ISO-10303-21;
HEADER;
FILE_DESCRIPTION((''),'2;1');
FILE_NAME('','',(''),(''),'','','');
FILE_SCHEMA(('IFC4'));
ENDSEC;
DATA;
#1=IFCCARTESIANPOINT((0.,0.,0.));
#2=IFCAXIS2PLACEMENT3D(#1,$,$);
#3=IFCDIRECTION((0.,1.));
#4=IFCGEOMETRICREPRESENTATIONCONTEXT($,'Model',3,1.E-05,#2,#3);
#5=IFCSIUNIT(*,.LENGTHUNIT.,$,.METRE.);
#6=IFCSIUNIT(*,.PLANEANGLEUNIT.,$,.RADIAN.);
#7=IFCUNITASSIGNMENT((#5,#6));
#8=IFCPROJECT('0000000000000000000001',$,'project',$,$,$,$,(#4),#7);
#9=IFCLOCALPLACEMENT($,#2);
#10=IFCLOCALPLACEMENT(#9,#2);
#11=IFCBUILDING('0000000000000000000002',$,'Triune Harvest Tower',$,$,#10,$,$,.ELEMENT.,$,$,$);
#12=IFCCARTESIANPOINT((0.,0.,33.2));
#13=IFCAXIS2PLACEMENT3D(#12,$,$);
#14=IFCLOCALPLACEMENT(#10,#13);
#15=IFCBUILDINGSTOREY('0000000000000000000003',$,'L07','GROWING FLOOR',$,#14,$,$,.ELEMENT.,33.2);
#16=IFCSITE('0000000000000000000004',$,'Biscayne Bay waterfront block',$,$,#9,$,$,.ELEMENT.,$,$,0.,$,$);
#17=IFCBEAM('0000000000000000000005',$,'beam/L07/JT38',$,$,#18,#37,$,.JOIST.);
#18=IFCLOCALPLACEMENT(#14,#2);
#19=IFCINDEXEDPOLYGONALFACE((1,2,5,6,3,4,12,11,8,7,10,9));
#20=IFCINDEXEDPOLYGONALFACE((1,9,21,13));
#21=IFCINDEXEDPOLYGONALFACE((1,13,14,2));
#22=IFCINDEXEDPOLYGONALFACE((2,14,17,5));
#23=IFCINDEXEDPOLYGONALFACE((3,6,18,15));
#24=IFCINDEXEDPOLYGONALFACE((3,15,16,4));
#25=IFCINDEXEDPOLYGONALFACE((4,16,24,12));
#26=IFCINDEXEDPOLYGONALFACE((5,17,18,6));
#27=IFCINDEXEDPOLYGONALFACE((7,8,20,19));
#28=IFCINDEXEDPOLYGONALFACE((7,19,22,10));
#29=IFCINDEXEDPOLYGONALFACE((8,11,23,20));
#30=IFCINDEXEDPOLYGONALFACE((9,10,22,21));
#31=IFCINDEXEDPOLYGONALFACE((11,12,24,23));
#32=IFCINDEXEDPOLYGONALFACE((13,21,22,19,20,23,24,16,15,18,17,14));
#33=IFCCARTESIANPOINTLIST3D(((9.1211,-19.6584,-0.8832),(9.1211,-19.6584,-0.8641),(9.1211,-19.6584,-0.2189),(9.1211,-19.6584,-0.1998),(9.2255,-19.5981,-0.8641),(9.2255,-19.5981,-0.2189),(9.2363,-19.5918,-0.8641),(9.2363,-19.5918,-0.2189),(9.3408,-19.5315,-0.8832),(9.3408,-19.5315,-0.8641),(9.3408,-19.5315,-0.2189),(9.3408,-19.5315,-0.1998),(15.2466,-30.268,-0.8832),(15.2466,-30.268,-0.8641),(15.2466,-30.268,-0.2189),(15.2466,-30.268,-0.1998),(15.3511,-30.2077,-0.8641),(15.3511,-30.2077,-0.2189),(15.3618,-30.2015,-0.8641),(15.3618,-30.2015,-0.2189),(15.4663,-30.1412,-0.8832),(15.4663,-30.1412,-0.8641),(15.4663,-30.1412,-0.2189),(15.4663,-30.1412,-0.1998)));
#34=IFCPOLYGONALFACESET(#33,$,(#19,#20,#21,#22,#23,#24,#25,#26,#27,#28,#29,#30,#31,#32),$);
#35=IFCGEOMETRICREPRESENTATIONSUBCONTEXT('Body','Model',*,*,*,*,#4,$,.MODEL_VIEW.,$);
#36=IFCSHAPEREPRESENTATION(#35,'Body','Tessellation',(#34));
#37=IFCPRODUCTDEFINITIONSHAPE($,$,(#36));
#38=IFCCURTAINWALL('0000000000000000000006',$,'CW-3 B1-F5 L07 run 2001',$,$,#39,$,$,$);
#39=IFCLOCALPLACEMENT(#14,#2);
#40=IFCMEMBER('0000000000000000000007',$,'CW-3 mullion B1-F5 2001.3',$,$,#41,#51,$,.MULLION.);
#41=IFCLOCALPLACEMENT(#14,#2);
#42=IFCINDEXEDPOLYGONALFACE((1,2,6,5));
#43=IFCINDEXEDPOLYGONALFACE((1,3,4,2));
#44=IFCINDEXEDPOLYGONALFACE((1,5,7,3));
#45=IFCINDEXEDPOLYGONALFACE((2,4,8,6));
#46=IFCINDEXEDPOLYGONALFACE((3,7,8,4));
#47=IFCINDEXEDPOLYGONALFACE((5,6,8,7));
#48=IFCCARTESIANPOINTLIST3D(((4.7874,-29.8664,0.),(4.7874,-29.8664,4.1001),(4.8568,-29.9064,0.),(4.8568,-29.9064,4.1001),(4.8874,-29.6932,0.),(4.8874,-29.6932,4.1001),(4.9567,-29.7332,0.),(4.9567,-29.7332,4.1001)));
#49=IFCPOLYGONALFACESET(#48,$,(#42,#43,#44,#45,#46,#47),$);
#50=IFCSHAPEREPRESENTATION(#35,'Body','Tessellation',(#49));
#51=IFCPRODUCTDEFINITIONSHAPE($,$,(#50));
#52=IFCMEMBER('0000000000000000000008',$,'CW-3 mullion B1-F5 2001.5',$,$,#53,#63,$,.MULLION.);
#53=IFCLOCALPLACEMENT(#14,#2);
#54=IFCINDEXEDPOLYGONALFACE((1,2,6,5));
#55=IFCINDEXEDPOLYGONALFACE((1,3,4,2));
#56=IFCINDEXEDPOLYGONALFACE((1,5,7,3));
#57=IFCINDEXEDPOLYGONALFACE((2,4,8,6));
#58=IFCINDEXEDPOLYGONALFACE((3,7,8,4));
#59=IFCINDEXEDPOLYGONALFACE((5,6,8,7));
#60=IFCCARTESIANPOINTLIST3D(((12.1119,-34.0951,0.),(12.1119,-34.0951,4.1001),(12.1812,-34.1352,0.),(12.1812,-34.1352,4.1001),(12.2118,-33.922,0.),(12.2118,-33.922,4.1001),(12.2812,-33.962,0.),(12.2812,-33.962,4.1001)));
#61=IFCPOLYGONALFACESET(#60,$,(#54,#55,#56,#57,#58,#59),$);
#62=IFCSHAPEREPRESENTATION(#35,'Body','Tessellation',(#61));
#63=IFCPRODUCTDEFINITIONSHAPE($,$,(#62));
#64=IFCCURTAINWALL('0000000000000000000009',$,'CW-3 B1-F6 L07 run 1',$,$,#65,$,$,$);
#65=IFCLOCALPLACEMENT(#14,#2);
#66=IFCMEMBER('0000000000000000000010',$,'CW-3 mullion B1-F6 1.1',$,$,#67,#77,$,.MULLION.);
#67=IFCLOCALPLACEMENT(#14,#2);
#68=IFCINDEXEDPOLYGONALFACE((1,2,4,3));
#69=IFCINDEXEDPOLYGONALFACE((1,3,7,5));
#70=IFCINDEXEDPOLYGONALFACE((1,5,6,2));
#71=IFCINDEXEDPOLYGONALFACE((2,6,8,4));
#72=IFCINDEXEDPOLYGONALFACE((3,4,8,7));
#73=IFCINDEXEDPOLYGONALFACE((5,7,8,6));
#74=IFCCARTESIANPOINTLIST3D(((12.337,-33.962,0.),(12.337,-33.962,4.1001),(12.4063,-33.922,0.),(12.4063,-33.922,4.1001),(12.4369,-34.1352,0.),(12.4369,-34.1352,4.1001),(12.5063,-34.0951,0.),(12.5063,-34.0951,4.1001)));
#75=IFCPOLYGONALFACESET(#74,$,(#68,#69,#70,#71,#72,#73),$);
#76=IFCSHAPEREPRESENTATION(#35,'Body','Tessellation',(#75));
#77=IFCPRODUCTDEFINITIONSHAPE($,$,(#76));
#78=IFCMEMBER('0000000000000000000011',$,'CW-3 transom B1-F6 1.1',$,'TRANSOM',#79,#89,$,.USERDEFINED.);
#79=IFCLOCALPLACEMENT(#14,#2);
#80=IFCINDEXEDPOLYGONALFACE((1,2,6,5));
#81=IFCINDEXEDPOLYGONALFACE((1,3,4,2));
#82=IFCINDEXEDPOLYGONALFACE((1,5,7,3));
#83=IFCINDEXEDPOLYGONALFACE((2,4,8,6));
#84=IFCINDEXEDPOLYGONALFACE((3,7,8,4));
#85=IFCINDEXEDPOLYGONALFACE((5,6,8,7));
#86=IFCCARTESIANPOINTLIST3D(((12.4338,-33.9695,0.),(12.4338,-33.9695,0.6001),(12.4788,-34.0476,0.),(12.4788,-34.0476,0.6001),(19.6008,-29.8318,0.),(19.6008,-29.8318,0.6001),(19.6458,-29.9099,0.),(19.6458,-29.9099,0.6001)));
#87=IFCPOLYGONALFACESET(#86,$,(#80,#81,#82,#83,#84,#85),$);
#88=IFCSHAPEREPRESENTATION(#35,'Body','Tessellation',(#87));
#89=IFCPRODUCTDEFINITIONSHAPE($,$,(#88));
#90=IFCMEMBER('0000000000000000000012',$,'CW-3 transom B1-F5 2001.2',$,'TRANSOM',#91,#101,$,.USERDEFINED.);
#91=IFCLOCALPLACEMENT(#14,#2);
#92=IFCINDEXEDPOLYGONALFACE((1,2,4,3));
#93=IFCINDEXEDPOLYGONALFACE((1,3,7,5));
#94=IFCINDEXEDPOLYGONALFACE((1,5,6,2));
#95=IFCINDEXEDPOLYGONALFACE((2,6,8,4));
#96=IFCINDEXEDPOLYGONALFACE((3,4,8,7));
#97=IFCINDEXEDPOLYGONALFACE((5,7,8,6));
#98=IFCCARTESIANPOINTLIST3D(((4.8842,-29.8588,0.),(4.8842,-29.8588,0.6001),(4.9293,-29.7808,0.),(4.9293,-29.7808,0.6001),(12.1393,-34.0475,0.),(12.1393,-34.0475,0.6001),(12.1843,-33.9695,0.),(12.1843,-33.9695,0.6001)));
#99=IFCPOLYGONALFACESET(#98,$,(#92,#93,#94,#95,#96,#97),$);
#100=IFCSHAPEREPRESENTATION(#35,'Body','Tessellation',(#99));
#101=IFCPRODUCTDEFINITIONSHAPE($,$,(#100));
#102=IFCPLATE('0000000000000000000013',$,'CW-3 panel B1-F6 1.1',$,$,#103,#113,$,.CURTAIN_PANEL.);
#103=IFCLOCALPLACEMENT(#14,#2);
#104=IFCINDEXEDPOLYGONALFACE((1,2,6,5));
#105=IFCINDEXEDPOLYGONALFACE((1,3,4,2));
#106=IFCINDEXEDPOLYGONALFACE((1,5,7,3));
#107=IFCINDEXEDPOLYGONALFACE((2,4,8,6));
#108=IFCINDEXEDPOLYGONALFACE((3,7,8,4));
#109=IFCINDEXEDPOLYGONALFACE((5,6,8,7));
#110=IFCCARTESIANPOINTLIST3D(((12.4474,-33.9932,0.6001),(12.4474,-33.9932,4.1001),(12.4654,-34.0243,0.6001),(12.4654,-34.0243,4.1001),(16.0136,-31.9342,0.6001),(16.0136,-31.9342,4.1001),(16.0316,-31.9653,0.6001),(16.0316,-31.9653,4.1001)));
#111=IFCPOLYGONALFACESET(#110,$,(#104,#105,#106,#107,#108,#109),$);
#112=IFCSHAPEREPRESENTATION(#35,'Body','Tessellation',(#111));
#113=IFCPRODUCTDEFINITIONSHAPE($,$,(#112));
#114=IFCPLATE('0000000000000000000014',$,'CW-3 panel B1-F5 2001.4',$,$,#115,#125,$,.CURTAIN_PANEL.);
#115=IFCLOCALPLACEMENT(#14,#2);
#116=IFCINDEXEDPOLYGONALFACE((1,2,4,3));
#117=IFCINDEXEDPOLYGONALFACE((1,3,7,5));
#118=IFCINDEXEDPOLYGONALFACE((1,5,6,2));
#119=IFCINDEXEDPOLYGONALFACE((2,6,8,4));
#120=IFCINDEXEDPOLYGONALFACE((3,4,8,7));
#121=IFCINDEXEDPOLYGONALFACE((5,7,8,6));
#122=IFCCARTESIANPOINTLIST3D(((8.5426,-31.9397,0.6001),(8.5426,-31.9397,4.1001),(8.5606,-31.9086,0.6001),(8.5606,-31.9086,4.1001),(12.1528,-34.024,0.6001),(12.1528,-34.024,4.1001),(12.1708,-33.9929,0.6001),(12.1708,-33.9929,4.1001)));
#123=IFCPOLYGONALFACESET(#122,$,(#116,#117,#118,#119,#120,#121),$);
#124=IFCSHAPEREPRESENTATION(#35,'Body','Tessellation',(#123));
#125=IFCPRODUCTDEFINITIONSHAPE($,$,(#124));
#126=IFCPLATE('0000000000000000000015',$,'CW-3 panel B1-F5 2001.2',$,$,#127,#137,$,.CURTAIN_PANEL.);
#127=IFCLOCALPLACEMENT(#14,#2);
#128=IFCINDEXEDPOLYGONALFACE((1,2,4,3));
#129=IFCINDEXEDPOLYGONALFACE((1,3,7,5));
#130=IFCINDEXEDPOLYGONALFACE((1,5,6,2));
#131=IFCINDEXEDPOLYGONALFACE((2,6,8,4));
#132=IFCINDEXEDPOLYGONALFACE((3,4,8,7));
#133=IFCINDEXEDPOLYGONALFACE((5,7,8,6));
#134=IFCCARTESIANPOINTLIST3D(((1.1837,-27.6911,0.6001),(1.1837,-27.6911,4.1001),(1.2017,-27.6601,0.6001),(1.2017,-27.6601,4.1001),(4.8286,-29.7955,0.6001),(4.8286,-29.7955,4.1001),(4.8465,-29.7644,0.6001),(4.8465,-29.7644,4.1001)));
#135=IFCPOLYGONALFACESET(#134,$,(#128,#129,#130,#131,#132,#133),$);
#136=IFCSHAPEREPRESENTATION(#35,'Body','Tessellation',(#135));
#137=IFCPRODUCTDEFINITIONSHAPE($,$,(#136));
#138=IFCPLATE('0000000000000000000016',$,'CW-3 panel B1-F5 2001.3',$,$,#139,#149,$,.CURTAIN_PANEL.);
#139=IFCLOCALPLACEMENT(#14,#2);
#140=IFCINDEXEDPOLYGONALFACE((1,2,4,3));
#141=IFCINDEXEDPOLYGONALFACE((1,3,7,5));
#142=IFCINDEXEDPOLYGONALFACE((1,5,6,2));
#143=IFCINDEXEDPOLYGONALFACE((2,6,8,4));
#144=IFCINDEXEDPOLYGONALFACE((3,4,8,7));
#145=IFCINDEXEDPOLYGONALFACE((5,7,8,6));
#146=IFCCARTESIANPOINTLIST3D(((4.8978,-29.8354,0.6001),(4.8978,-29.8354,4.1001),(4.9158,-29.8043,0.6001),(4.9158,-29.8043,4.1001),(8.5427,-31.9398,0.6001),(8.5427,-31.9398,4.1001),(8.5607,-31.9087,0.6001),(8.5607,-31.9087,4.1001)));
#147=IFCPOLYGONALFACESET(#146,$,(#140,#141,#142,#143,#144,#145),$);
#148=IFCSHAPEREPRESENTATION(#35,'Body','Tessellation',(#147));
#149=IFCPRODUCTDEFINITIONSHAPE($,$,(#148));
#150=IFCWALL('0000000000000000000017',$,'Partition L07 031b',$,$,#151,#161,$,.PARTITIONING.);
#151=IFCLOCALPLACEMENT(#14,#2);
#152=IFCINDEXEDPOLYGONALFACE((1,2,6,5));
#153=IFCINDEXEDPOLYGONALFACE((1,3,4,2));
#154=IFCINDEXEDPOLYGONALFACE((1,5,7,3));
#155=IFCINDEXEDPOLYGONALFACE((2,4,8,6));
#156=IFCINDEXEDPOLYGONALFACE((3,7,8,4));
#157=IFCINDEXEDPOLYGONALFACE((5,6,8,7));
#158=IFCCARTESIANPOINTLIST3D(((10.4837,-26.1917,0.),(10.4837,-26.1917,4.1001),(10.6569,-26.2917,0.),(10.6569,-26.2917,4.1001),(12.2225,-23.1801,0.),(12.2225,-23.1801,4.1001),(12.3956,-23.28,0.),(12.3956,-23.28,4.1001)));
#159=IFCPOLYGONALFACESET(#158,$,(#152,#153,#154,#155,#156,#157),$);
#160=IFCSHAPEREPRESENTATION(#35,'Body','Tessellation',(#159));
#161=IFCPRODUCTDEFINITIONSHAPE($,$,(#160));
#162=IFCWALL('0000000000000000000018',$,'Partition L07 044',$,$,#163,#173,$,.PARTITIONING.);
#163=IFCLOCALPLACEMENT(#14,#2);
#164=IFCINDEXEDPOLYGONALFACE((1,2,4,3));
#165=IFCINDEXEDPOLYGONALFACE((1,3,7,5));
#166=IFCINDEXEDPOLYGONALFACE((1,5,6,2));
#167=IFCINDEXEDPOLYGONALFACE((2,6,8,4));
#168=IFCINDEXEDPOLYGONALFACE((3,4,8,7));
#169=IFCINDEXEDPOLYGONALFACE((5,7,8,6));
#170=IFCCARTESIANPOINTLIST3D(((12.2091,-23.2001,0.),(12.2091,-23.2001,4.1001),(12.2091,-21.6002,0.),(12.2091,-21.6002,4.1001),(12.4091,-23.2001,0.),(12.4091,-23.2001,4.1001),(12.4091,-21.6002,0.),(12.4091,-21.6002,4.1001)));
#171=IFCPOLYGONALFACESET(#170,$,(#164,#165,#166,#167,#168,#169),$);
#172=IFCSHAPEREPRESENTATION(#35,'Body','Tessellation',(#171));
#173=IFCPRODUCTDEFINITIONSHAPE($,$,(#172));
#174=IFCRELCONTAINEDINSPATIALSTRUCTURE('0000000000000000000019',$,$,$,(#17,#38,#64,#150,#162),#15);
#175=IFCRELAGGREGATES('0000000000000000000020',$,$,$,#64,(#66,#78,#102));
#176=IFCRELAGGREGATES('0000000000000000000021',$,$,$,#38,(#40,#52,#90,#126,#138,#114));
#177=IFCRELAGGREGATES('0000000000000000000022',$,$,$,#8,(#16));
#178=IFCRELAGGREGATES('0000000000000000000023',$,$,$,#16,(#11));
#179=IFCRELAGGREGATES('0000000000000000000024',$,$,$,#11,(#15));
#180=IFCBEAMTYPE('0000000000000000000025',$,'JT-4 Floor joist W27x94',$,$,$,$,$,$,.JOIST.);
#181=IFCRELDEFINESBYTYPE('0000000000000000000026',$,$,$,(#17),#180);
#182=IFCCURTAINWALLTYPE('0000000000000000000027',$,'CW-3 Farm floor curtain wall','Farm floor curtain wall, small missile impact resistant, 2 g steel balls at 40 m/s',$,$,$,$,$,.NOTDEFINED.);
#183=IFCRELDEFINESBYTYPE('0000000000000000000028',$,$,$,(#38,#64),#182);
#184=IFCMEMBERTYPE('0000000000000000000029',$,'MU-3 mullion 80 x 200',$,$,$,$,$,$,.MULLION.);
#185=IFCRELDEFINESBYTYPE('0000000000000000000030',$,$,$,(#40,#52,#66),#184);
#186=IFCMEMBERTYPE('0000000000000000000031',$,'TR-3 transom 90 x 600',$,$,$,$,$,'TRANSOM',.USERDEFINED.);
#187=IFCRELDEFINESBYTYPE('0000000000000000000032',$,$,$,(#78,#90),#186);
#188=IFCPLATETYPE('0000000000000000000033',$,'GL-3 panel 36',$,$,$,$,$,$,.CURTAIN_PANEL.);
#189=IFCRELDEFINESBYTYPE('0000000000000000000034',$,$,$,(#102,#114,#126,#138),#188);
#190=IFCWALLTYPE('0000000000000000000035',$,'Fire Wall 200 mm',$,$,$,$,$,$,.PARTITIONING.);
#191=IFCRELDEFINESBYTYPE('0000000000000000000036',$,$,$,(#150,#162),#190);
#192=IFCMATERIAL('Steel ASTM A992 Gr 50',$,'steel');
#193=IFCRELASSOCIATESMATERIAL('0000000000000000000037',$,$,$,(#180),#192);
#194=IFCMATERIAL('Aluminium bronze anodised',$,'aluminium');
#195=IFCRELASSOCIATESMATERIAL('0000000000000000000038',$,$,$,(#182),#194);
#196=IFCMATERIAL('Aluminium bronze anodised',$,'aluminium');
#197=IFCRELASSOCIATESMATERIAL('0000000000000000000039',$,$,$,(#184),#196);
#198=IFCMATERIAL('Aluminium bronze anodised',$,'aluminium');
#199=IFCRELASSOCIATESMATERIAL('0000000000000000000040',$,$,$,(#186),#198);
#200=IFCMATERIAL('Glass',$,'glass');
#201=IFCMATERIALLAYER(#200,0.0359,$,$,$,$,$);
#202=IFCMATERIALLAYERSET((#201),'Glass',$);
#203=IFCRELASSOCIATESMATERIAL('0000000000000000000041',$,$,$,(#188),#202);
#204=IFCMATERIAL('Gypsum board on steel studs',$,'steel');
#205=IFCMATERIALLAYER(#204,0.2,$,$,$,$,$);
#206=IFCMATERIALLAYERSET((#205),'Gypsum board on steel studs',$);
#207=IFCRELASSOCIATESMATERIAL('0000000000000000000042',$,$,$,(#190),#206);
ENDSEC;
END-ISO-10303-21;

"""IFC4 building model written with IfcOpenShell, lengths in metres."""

from ifc_helpers import new_model, si_unit, direction, frame, frame_2d, origin, origin_2d, place, context, subcontext, project, spatial, rectangle, i_section, extrude, source, transform, mapped, material, layer, layer_set, material_profile, profile_set, type_object, element, aggregate, save


model = new_model("IFC4")

# Units and contexts
model_context = context("Model", 3, precision=1e-05, world=origin(), true_north=direction((0.0, 1.0)))
body_context = subcontext(model_context, "Body", "Model", "MODEL_VIEW")
ifc_project = project(units=[si_unit("LENGTHUNIT", "METRE"), si_unit("PLANEANGLEUNIT", "RADIAN")], contexts=[model_context])

# Site, building, storey
site_placement = place(None, origin())
site = spatial("IfcSite", under=ifc_project, at=site_placement, Name="Biscayne Bay waterfront block", CompositionType="ELEMENT", RefElevation=0.0)
building_placement = place(site_placement, origin())
building = spatial("IfcBuilding", under=site, at=building_placement, Name="Triune Harvest Tower", CompositionType="ELEMENT")
storey_placement = place(building_placement, frame((0.0, 0.0, 33.2)))
storey = spatial("IfcBuildingStorey", under=building, at=storey_placement, Name="L07", Description="GROWING FLOOR", CompositionType="ELEMENT", Elevation=33.2)

# Beam
ifc_material_1 = material(Name="Steel ASTM A992 Gr 50", Category="steel")
ifc_material_profile_1 = material_profile(ifc_material_1, i_section(OverallWidth=0.2537, OverallDepth=0.6833, WebThickness=0.0125, FlangeThickness=0.019, at=origin_2d()), Name="W27x94")
ifc_profile_set_1 = profile_set([ifc_material_profile_1], Name="Steel ASTM A992 Gr 50")
beam_type_1 = type_object("IfcBeamType", Name="JT-4 Floor joist W27x94", PredefinedType="JOIST", material=ifc_profile_set_1)
shared_shape_1 = source(origin(), body_context, "Body", "SweptSolid", [
    extrude(i_section(OverallWidth=0.2537, OverallDepth=0.6833, WebThickness=0.0125, FlangeThickness=0.019, at=origin_2d()), origin(), (0.0, 0.0, 1.0), 12.251),
])
beam_1_placement = place(storey_placement, frame((15.3564, -30.2046, -0.5415), z_axis=(-0.500001, 0.866025, 0.0), x_axis=(-0.866025, -0.500001, 0.0)))
element("IfcBeam", 1, at=beam_1_placement, inside=storey, type_object=beam_type_1, Name="beam/L07/JT38", PredefinedType="JOIST", context=body_context, shape_type="MappedRepresentation", body=[
    mapped(shared_shape_1, transform((0.0, 0.0, 0.0), scale=1.0)),
])

# Curtain walls, members
ifc_material_2 = material(Name="Aluminium bronze anodised", Category="aluminium")
curtain_wall_type = type_object("IfcCurtainWallType", Name="CW-3 Farm floor curtain wall", Description="Farm floor curtain wall, small missile impact resistant, 2 g steel balls at 40 m/s", PredefinedType="NOTDEFINED", material=ifc_material_2)
curtain_wall_1_placement = place(storey_placement, origin())
curtain_wall_1 = element("IfcCurtainWall", 2, at=curtain_wall_1_placement, inside=storey, type_object=curtain_wall_type, Name="CW-3 B1-F5 L07 run 2001")
ifc_material_3 = material(Name="Aluminium bronze anodised", Category="aluminium")
ifc_material_profile_2 = material_profile(ifc_material_3, rectangle(XDim=0.2, YDim=0.0801, at=origin_2d()), Name="MU-3 mullion 80 x 200")
ifc_profile_set_2 = profile_set([ifc_material_profile_2], Name="Aluminium bronze anodised")
member_type_1 = type_object("IfcMemberType", Name="MU-3 mullion 80 x 200", PredefinedType="MULLION", material=ifc_profile_set_2)
shared_shape_2 = source(origin(), body_context, "Body", "SweptSolid", [
    extrude(rectangle(XDim=0.2, YDim=0.0801, at=origin_2d()), origin(), (0.0, 0.0, 1.0), 4.1001),
])
member_1_placement = place(storey_placement, frame((4.8721, -29.7998, 0.0), z_axis=(0.0, 0.0, 1.0), x_axis=(0.500001, 0.866025, 0.0)))
member_1 = element("IfcMember", 3, at=member_1_placement, type_object=member_type_1, Name="CW-3 mullion B1-F5 2001.3", PredefinedType="MULLION", context=body_context, shape_type="MappedRepresentation", body=[
    mapped(shared_shape_2, transform((0.0, 0.0, 0.0), scale=1.0)),
])
member_2_placement = place(storey_placement, frame((12.1965, -34.0286, 0.0), z_axis=(0.0, 0.0, 1.0), x_axis=(0.500001, 0.866025, 0.0)))
member_2 = element("IfcMember", 4, at=member_2_placement, type_object=member_type_1, Name="CW-3 mullion B1-F5 2001.5", PredefinedType="MULLION", context=body_context, shape_type="MappedRepresentation", body=[
    mapped(shared_shape_2, transform((0.0, 0.0, 0.0), scale=1.0)),
])
curtain_wall_2_placement = place(storey_placement, origin())
curtain_wall_2 = element("IfcCurtainWall", 5, at=curtain_wall_2_placement, inside=storey, type_object=curtain_wall_type, Name="CW-3 B1-F6 L07 run 1")
member_3_placement = place(storey_placement, frame((12.4216, -34.0286, 0.0), z_axis=(0.0, 0.0, 1.0), x_axis=(-0.499999, 0.866026, 0.0)))
member_3 = element("IfcMember", 6, at=member_3_placement, type_object=member_type_1, Name="CW-3 mullion B1-F6 1.1", PredefinedType="MULLION", context=body_context, shape_type="MappedRepresentation", body=[
    mapped(shared_shape_2, transform((0.0, 0.0, 0.0), scale=1.0)),
])
ifc_material_4 = material(Name="Aluminium bronze anodised", Category="aluminium")
ifc_material_profile_3 = material_profile(ifc_material_4, rectangle(XDim=0.0901, YDim=0.6001, at=origin_2d()), Name="TR-3 transom 90 x 600")
ifc_profile_set_3 = profile_set([ifc_material_profile_3], Name="Aluminium bronze anodised")
member_type_2 = type_object("IfcMemberType", Name="TR-3 transom 90 x 600", ElementType="TRANSOM", PredefinedType="USERDEFINED", material=ifc_profile_set_3)
shared_shape_3 = source(origin(), body_context, "Body", "SweptSolid", [
    extrude(rectangle(XDim=0.0901, YDim=0.6001, at=origin_2d()), origin(), (0.0, 0.0, 1.0), 8.2756),
])
member_4_placement = place(storey_placement, frame((12.4563, -34.0085, 0.3), z_axis=(0.866034, 0.499985, 0.0), x_axis=(-0.499985, 0.866034, 0.0)))
member_4 = element("IfcMember", 7, at=member_4_placement, type_object=member_type_2, Name="CW-3 transom B1-F6 1.1", ObjectType="TRANSOM", PredefinedType="USERDEFINED", context=body_context, shape_type="MappedRepresentation", body=[
    mapped(shared_shape_3, transform((0.0, 0.0, 0.0), scale=1.0)),
])

# Member
shared_shape_4 = source(origin(), body_context, "Body", "SweptSolid", [
    extrude(rectangle(XDim=0.0901, YDim=0.6001, at=origin_2d()), origin(), (0.0, 0.0, 1.0), 8.3774),
])
member_5_placement = place(storey_placement, frame((4.9067, -29.8198, 0.3), z_axis=(0.866027, -0.499997, 0.0), x_axis=(0.499997, 0.866027, 0.0)))
member_5 = element("IfcMember", 8, at=member_5_placement, type_object=member_type_2, Name="CW-3 transom B1-F5 2001.2", ObjectType="TRANSOM", PredefinedType="USERDEFINED", context=body_context, shape_type="MappedRepresentation", body=[
    mapped(shared_shape_4, transform((0.0, 0.0, 0.0), scale=1.0)),
])

# Plates
ifc_material_5 = material(Name="Glass", Category="glass")
ifc_layer_1 = layer(ifc_material_5, 0.0359)
ifc_layer_set_1 = layer_set([ifc_layer_1], Name="Glass")
plate_type = type_object("IfcPlateType", Name="GL-3 panel 36", PredefinedType="CURTAIN_PANEL", material=ifc_layer_set_1)
shared_shape_5 = source(origin(), body_context, "Body", "SweptSolid", [
    extrude(rectangle(XDim=4.1179, YDim=0.0359, at=origin_2d()), origin(), (0.0, 0.0, 1.0), 3.5),
])
plate_1_placement = place(storey_placement, frame((14.2395, -32.9792, 0.6001), z_axis=(0.0, 0.0, 1.0), x_axis=(0.866026, 0.499999, 0.0)))
plate_1 = element("IfcPlate", 9, at=plate_1_placement, type_object=plate_type, Name="CW-3 panel B1-F6 1.1", PredefinedType="CURTAIN_PANEL", context=body_context, shape_type="MappedRepresentation", body=[
    mapped(shared_shape_5, transform((0.0, 0.0, 0.0), scale=1.0)),
])
aggregate(curtain_wall_2, [member_3, member_4, plate_1])
shared_shape_6 = source(origin(), body_context, "Body", "SweptSolid", [
    extrude(rectangle(XDim=4.1687, YDim=0.0359, at=origin_2d()), origin(), (0.0, 0.0, 1.0), 3.5),
])
plate_2_placement = place(storey_placement, frame((10.3567, -32.9663, 0.6001), z_axis=(0.0, 0.0, 1.0), x_axis=(0.866025, -0.500001, 0.0)))
plate_2 = element("IfcPlate", 10, at=plate_2_placement, type_object=plate_type, Name="CW-3 panel B1-F5 2001.4", PredefinedType="CURTAIN_PANEL", context=body_context, shape_type="MappedRepresentation", body=[
    mapped(shared_shape_6, transform((0.0, 0.0, 0.0), scale=1.0)),
])
shared_shape_7 = source(origin(), body_context, "Body", "SweptSolid", [
    extrude(rectangle(XDim=4.2087, YDim=0.0359, at=origin_2d()), origin(), (0.0, 0.0, 1.0), 3.5),
])
plate_3_placement = place(storey_placement, frame((3.0151, -28.7278, 0.6001), z_axis=(0.0, 0.0, 1.0), x_axis=(0.866025, -0.500001, 0.0)))
plate_3 = element("IfcPlate", 11, at=plate_3_placement, type_object=plate_type, Name="CW-3 panel B1-F5 2001.2", PredefinedType="CURTAIN_PANEL", context=body_context, shape_type="MappedRepresentation", body=[
    mapped(shared_shape_7, transform((0.0, 0.0, 0.0), scale=1.0)),
])
plate_4_placement = place(storey_placement, frame((6.7292, -30.8721, 0.6001), z_axis=(0.0, 0.0, 1.0), x_axis=(0.866025, -0.500001, 0.0)))
plate_4 = element("IfcPlate", 12, at=plate_4_placement, type_object=plate_type, Name="CW-3 panel B1-F5 2001.3", PredefinedType="CURTAIN_PANEL", context=body_context, shape_type="MappedRepresentation", body=[
    mapped(shared_shape_7, transform((0.0, 0.0, 0.0), scale=1.0)),
])
aggregate(curtain_wall_1, [member_1, member_2, member_5, plate_3, plate_4, plate_2])

# Walls
ifc_material_6 = material(Name="Gypsum board on steel studs", Category="steel")
ifc_layer_2 = layer(ifc_material_6, 0.2)
ifc_layer_set_2 = layer_set([ifc_layer_2], Name="Gypsum board on steel studs")
wall_type_1 = type_object("IfcWallType", Name="Fire Wall 200 mm", PredefinedType="PARTITIONING", material=ifc_layer_set_2)
wall_1_placement = place(storey_placement, frame((10.5703, -26.2417, 0.0), z_axis=(0.0, 0.0, 1.0), x_axis=(0.49999, 0.866031, 0.0)))
element("IfcWall", 13, at=wall_1_placement, inside=storey, type_object=wall_type_1, Name="Partition L07 031b", PredefinedType="PARTITIONING", context=body_context, shape_type="SweptSolid", body=[
    extrude(rectangle(XDim=3.4775, YDim=0.2, at=frame_2d((1.7388, 0.0))), origin(), (0.0, 0.0, 1.0), 4.1001),
])
wall_2_placement = place(storey_placement, frame((12.3091, -23.2, 0.0), z_axis=(0.0, 0.0, 1.0), x_axis=(0.0, 1.0, 0.0)))
element("IfcWall", 14, at=wall_2_placement, inside=storey, type_object=wall_type_1, Name="Partition L07 044", PredefinedType="PARTITIONING", context=body_context, shape_type="SweptSolid", body=[
    extrude(rectangle(XDim=1.5999, YDim=0.2, at=frame_2d((0.7998, 0.0))), origin(), (0.0, 0.0, 1.0), 4.1001),
])

save(model, "model.ifc")
